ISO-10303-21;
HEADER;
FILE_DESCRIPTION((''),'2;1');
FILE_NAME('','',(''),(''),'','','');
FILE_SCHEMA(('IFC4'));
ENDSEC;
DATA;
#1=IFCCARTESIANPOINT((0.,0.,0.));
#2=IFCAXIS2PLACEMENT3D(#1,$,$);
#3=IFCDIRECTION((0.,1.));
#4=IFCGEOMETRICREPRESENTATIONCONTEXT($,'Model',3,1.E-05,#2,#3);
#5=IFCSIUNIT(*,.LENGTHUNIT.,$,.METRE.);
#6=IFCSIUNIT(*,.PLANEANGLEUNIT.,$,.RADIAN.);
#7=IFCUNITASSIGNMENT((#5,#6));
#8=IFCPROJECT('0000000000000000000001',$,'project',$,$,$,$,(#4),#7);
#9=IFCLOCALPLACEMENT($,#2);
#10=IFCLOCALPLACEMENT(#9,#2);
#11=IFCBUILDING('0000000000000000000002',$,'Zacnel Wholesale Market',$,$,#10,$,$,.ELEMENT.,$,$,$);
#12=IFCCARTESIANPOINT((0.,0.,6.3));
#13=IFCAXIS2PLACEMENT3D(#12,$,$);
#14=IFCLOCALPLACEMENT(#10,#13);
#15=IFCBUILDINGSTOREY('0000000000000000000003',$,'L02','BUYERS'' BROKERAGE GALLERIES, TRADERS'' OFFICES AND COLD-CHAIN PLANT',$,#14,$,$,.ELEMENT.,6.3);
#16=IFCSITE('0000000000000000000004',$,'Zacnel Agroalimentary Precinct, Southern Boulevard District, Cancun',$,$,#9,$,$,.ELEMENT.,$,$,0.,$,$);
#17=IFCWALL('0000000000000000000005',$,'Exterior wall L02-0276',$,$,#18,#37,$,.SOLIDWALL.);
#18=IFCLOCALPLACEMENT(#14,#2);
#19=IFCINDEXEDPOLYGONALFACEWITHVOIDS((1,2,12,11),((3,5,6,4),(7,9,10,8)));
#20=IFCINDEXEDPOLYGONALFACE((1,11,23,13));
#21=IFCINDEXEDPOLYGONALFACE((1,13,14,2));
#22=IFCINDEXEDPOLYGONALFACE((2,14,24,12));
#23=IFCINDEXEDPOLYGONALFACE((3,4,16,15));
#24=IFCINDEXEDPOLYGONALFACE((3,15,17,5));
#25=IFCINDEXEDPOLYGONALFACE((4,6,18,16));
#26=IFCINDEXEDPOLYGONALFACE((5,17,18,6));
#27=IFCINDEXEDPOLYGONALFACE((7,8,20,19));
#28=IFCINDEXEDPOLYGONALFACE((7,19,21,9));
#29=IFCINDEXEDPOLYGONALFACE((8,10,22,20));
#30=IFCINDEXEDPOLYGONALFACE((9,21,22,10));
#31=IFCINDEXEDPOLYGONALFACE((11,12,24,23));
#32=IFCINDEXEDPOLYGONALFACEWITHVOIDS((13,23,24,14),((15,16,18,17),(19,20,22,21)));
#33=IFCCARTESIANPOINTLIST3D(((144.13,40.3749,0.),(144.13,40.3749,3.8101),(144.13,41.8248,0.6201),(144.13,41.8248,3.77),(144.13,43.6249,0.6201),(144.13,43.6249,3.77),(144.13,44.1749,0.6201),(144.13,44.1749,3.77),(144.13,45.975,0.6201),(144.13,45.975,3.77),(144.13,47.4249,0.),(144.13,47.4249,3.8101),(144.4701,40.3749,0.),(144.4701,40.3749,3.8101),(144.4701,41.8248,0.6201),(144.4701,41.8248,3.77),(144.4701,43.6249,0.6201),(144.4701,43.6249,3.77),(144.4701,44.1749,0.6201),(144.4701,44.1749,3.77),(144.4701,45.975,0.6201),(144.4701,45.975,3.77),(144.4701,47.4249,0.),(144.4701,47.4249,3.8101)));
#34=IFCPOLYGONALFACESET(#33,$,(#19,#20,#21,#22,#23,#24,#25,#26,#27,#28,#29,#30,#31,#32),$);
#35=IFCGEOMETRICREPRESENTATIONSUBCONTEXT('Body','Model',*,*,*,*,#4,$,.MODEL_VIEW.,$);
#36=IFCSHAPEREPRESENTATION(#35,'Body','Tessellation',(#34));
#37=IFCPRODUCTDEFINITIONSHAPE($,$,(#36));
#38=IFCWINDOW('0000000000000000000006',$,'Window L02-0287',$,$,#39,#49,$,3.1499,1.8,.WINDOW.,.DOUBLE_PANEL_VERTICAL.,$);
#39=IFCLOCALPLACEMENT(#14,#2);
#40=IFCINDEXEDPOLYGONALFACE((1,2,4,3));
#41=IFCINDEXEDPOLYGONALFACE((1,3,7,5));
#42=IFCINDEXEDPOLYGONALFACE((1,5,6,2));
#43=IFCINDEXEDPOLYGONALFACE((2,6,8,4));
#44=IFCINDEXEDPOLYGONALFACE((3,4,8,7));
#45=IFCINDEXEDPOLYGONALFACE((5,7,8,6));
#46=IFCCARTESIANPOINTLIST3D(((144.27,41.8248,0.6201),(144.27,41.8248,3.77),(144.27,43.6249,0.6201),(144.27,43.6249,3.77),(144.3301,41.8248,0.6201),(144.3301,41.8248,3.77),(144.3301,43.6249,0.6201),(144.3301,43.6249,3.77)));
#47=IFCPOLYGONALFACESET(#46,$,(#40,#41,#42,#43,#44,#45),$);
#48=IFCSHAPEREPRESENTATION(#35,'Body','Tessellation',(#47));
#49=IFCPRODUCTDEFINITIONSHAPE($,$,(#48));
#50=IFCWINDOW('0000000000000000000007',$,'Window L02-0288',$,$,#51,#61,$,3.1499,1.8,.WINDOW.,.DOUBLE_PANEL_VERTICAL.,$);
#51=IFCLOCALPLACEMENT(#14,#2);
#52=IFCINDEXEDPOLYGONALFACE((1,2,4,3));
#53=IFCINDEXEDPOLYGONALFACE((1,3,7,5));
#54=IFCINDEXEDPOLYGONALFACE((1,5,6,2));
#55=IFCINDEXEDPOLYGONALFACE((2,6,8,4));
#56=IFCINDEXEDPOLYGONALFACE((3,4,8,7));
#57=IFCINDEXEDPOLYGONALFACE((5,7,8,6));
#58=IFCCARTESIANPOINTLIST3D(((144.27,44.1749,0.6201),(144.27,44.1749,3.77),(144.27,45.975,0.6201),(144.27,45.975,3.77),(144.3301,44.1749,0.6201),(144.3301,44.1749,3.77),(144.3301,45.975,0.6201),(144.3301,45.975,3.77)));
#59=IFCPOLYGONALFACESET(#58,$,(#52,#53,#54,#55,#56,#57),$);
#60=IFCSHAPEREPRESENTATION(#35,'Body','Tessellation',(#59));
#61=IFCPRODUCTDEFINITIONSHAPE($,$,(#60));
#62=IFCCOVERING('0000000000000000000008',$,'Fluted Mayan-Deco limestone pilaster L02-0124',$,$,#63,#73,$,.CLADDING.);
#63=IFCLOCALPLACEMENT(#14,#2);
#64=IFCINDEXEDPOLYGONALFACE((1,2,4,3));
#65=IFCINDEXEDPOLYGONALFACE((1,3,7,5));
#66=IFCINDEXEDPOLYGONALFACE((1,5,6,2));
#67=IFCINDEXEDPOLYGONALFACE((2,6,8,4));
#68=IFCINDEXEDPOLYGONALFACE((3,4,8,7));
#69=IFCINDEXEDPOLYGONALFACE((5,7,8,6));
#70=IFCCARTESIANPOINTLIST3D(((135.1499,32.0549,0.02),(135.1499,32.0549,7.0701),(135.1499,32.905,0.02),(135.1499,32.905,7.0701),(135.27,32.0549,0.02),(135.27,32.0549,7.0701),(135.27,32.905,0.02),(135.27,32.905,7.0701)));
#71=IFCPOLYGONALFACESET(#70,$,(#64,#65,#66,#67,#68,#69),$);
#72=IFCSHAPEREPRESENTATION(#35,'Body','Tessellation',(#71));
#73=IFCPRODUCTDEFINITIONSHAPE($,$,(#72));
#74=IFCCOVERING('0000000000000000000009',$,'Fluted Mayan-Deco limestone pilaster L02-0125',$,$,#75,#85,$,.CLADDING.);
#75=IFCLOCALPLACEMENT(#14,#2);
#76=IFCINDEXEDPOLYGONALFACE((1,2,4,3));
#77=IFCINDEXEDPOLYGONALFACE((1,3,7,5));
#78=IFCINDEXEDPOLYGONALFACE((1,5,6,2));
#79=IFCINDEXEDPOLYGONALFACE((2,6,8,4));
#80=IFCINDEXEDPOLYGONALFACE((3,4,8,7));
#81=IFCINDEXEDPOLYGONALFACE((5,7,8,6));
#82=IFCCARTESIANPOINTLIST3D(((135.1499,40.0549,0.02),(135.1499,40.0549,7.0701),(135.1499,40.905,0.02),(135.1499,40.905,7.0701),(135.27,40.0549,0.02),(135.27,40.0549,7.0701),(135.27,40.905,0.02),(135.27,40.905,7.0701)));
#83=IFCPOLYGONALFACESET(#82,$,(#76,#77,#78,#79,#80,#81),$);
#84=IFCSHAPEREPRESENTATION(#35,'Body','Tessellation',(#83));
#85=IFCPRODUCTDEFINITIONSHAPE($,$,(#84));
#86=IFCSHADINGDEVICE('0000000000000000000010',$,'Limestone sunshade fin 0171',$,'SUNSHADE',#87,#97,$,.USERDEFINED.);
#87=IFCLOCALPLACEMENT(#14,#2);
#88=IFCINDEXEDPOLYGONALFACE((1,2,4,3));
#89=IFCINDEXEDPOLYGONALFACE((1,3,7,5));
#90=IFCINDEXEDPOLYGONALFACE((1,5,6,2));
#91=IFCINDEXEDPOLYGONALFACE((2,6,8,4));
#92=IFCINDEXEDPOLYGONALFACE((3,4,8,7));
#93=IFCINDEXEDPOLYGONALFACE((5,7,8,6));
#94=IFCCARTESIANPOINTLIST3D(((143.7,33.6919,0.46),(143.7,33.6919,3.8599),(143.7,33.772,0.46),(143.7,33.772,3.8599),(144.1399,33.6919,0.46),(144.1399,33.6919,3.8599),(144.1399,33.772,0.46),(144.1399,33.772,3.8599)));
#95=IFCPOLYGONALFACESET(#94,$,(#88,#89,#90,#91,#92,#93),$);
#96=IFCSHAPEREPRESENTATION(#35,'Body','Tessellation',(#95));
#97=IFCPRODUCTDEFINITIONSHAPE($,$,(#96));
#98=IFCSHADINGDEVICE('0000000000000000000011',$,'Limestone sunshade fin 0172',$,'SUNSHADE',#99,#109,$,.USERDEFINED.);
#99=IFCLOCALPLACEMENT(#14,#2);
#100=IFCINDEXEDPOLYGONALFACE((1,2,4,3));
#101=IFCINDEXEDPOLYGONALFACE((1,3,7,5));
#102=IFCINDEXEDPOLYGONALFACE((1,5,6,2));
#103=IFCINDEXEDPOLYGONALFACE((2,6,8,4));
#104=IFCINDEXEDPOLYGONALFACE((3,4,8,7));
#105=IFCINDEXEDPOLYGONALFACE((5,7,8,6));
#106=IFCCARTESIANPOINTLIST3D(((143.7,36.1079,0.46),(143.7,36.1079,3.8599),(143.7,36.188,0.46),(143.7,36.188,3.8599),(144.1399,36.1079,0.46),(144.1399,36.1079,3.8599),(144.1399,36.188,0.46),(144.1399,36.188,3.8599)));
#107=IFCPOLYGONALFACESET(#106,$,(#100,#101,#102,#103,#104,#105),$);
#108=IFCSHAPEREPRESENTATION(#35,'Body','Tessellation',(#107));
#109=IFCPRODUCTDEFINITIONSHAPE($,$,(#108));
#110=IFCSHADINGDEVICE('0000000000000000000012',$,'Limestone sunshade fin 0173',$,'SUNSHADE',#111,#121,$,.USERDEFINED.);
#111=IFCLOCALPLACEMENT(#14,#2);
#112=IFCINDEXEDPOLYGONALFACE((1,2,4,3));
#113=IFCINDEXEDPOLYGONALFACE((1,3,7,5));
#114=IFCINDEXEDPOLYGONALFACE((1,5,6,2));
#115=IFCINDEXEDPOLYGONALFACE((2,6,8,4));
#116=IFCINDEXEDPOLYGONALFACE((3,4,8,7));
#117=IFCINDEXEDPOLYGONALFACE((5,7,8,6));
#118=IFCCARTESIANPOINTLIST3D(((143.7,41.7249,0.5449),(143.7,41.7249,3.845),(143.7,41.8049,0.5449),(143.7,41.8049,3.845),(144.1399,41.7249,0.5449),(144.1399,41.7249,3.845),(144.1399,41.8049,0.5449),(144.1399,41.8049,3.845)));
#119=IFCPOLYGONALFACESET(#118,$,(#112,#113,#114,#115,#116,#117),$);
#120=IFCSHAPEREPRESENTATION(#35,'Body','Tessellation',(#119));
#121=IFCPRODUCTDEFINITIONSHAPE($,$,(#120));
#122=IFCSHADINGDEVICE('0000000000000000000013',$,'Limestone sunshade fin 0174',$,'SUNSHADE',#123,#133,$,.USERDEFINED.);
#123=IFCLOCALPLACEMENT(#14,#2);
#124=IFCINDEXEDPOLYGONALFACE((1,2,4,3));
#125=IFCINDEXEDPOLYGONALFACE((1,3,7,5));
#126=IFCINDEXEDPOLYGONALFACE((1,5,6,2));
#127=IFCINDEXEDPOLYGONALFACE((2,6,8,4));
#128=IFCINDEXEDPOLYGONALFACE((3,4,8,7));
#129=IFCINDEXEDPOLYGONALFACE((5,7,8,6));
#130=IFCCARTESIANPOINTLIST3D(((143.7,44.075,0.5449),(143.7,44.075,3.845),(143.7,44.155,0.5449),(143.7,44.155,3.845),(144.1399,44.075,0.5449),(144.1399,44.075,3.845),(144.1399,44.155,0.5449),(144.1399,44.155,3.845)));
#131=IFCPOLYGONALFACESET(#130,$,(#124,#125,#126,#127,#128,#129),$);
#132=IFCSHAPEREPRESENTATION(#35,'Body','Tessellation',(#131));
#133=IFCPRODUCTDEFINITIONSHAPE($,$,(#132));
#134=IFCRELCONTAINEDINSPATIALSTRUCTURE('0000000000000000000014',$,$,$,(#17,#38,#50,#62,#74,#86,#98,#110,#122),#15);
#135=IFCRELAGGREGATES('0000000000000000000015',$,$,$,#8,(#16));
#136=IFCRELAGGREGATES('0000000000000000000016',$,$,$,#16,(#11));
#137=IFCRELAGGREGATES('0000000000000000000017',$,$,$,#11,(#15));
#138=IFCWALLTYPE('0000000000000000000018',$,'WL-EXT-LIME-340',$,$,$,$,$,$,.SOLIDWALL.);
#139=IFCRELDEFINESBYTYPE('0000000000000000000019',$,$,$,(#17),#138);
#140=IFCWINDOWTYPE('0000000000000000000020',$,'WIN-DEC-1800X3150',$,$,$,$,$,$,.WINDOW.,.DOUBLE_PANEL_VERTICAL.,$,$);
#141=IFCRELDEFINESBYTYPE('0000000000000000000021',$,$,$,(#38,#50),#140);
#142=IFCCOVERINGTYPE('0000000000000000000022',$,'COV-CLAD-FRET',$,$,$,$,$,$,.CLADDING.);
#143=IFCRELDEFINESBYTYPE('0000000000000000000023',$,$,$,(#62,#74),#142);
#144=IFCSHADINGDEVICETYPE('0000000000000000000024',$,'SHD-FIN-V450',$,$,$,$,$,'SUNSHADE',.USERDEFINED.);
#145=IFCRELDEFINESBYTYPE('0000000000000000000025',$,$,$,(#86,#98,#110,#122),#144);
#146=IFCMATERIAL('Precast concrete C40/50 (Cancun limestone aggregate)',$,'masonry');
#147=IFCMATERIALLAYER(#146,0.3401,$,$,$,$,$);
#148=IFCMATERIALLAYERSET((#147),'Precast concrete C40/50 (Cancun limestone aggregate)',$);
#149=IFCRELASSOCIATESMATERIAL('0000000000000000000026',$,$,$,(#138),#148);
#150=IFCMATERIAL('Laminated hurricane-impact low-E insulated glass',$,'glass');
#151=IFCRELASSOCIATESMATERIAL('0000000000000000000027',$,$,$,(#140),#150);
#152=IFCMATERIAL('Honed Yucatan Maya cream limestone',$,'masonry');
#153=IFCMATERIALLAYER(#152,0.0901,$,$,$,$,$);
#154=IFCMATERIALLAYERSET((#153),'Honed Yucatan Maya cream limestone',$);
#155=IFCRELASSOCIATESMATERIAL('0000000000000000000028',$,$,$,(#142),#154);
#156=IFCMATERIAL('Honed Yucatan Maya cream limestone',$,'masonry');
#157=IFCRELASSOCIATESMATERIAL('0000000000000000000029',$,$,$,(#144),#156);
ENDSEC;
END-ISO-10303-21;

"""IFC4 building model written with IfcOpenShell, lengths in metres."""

from ifc_helpers import new_model, si_unit, direction, frame, frame_2d, origin, origin_2d, place, context, subcontext, project, spatial, rectangle, extrude, material, layer, layer_set, type_object, element, fill, save


model = new_model("IFC4")

# Units and contexts
model_context = context("Model", 3, precision=1e-05, world=origin(), true_north=direction((0.0, 1.0)))
body_context = subcontext(model_context, "Body", "Model", "MODEL_VIEW")
ifc_project = project(units=[si_unit("LENGTHUNIT", "METRE"), si_unit("PLANEANGLEUNIT", "RADIAN")], contexts=[model_context])

# Site, building, storey
site_placement = place(None, origin())
site = spatial("IfcSite", under=ifc_project, at=site_placement, Name="Zacnel Agroalimentary Precinct, Southern Boulevard District, Cancun", CompositionType="ELEMENT", RefElevation=0.0)
building_placement = place(site_placement, origin())
building = spatial("IfcBuilding", under=site, at=building_placement, Name="Zacnel Wholesale Market", CompositionType="ELEMENT")
storey_placement = place(building_placement, frame((0.0, 0.0, 6.3)))
storey = spatial("IfcBuildingStorey", under=building, at=storey_placement, Name="L02", Description="BUYERS' BROKERAGE GALLERIES, TRADERS' OFFICES AND COLD-CHAIN PLANT", CompositionType="ELEMENT", Elevation=6.3)

# Wall, openings, windows
ifc_material_1 = material(Name="Precast concrete C40/50 (Cancun limestone aggregate)", Category="masonry")
ifc_layer_1 = layer(ifc_material_1, 0.3401)
ifc_layer_set_1 = layer_set([ifc_layer_1], Name="Precast concrete C40/50 (Cancun limestone aggregate)")
wall_type = type_object("IfcWallType", Name="WL-EXT-LIME-340", PredefinedType="SOLIDWALL", material=ifc_layer_set_1)
wall_1_placement = place(storey_placement, frame((144.3, 40.375, 0.0), z_axis=(0.0, 0.0, 1.0), x_axis=(0.0, 1.0, 0.0)))
wall_1 = element("IfcWall", 1, at=wall_1_placement, inside=storey, type_object=wall_type, Name="Exterior wall L02-0276", PredefinedType="SOLIDWALL", context=body_context, shape_type="SweptSolid", body=[
    extrude(rectangle(XDim=7.05, YDim=0.3401, at=frame_2d((3.5249, 0.0))), origin(), (0.0, 0.0, 1.0), 3.8101),
])
opening_1_placement = place(wall_1_placement, frame((1.45, 0.0, 0.6201)))
opening_1 = element("IfcOpeningElement", 2, at=opening_1_placement, cuts=wall_1, PredefinedType="OPENING", context=body_context, shape_type="SweptSolid", body=[
    extrude(rectangle(XDim=1.8, YDim=3.1499, at=frame_2d((0.8999, 1.575))), frame((0.0, 0.1799, 0.0), z_axis=(0.0, -1.0, 0.0), x_axis=(1.0, 0.0, 0.0)), (0.0, 0.0, 1.0), 0.3601),
])
opening_2_placement = place(wall_1_placement, frame((3.8, 0.0, 0.6201)))
opening_2 = element("IfcOpeningElement", 3, at=opening_2_placement, cuts=wall_1, PredefinedType="OPENING", context=body_context, shape_type="SweptSolid", body=[
    extrude(rectangle(XDim=1.8, YDim=3.1499, at=frame_2d((0.8999, 1.575))), frame((0.0, 0.1799, 0.0), z_axis=(0.0, -1.0, 0.0), x_axis=(1.0, 0.0, 0.0)), (0.0, 0.0, 1.0), 0.3601),
])
ifc_material_2 = material(Name="Laminated hurricane-impact low-E insulated glass", Category="glass")
window_type_1 = type_object("IfcWindowType", Name="WIN-DEC-1800X3150", PartitioningType="DOUBLE_PANEL_VERTICAL", PredefinedType="WINDOW", material=ifc_material_2)
window_1_placement = place(opening_1_placement, origin())
window_1 = element("IfcWindow", 4, at=window_1_placement, inside=storey, type_object=window_type_1, Name="Window L02-0287", OverallHeight=3.1499, OverallWidth=1.8, PartitioningType="DOUBLE_PANEL_VERTICAL", PredefinedType="WINDOW", context=body_context, shape_type="SweptSolid", body=[
    extrude(rectangle(XDim=1.8, YDim=3.1499, at=frame_2d((0.8999, 1.575))), frame((0.0, 0.03, 0.0), z_axis=(0.0, -1.0, 0.0), x_axis=(1.0, 0.0, 0.0)), (0.0, 0.0, 1.0), 0.0601),
])
fill(opening_1, window_1)
window_2_placement = place(opening_2_placement, origin())
window_2 = element("IfcWindow", 5, at=window_2_placement, inside=storey, type_object=window_type_1, Name="Window L02-0288", OverallHeight=3.1499, OverallWidth=1.8, PartitioningType="DOUBLE_PANEL_VERTICAL", PredefinedType="WINDOW", context=body_context, shape_type="SweptSolid", body=[
    extrude(rectangle(XDim=1.8, YDim=3.1499, at=frame_2d((0.8999, 1.575))), frame((0.0, 0.03, 0.0), z_axis=(0.0, -1.0, 0.0), x_axis=(1.0, 0.0, 0.0)), (0.0, 0.0, 1.0), 0.0601),
])
fill(opening_2, window_2)

# Coverings
ifc_material_3 = material(Name="Honed Yucatan Maya cream limestone", Category="masonry")
ifc_layer_2 = layer(ifc_material_3, 0.0901)
ifc_layer_set_2 = layer_set([ifc_layer_2], Name="Honed Yucatan Maya cream limestone")
covering_type = type_object("IfcCoveringType", Name="COV-CLAD-FRET", PredefinedType="CLADDING", material=ifc_layer_set_2)
for number, where, z_axis, x_axis, name in (
    (6, (135.21, 32.48, 0.02), (0.0, 0.0, 1.0), (0.0, 1.0, 0.0), "Fluted Mayan-Deco limestone pilaster L02-0124"),
    (7, (135.21, 40.48, 0.02), (0.0, 0.0, 1.0), (0.0, 1.0, 0.0), "Fluted Mayan-Deco limestone pilaster L02-0125"),
):
    element("IfcCovering", number, at=place(storey_placement, frame(where, z_axis=z_axis, x_axis=x_axis)), inside=storey, type_object=covering_type, Name=name, PredefinedType="CLADDING", context=body_context, shape_type="SweptSolid", body=[
        extrude(rectangle(XDim=0.8501, YDim=0.1201, at=origin_2d()), origin(), (0.0, 0.0, 1.0), 7.05),
    ])

# Shading devices
ifc_material_4 = material(Name="Honed Yucatan Maya cream limestone", Category="masonry")
shading_device_type = type_object("IfcShadingDeviceType", Name="SHD-FIN-V450", ElementType="SUNSHADE", PredefinedType="USERDEFINED", material=ifc_material_4)
for number, where, z_axis, x_axis, name in (
    (8, (143.9199, 33.7319, 0.46), (0.0, 0.0, 1.0), (0.0, 1.0, 0.0), "Limestone sunshade fin 0171"),
    (9, (143.9199, 36.1479, 0.46), (0.0, 0.0, 1.0), (0.0, 1.0, 0.0), "Limestone sunshade fin 0172"),
):
    element("IfcShadingDevice", number, at=place(storey_placement, frame(where, z_axis=z_axis, x_axis=x_axis)), inside=storey, type_object=shading_device_type, Name=name, ObjectType="SUNSHADE", PredefinedType="USERDEFINED", context=body_context, shape_type="SweptSolid", body=[
        extrude(rectangle(XDim=0.0801, YDim=0.4399, at=origin_2d()), origin(), (0.0, 0.0, 1.0), 3.3999),
    ])
for number, where, z_axis, x_axis, name in (
    (10, (143.9199, 41.7649, 0.5449), (0.0, 0.0, 1.0), (0.0, 1.0, 0.0), "Limestone sunshade fin 0173"),
    (11, (143.9199, 44.115, 0.5449), (0.0, 0.0, 1.0), (0.0, 1.0, 0.0), "Limestone sunshade fin 0174"),
):
    element("IfcShadingDevice", number, at=place(storey_placement, frame(where, z_axis=z_axis, x_axis=x_axis)), inside=storey, type_object=shading_device_type, Name=name, ObjectType="SUNSHADE", PredefinedType="USERDEFINED", context=body_context, shape_type="SweptSolid", body=[
        extrude(rectangle(XDim=0.0801, YDim=0.4399, at=origin_2d()), origin(), (0.0, 0.0, 1.0), 3.3),
    ])

save(model, "model.ifc")
